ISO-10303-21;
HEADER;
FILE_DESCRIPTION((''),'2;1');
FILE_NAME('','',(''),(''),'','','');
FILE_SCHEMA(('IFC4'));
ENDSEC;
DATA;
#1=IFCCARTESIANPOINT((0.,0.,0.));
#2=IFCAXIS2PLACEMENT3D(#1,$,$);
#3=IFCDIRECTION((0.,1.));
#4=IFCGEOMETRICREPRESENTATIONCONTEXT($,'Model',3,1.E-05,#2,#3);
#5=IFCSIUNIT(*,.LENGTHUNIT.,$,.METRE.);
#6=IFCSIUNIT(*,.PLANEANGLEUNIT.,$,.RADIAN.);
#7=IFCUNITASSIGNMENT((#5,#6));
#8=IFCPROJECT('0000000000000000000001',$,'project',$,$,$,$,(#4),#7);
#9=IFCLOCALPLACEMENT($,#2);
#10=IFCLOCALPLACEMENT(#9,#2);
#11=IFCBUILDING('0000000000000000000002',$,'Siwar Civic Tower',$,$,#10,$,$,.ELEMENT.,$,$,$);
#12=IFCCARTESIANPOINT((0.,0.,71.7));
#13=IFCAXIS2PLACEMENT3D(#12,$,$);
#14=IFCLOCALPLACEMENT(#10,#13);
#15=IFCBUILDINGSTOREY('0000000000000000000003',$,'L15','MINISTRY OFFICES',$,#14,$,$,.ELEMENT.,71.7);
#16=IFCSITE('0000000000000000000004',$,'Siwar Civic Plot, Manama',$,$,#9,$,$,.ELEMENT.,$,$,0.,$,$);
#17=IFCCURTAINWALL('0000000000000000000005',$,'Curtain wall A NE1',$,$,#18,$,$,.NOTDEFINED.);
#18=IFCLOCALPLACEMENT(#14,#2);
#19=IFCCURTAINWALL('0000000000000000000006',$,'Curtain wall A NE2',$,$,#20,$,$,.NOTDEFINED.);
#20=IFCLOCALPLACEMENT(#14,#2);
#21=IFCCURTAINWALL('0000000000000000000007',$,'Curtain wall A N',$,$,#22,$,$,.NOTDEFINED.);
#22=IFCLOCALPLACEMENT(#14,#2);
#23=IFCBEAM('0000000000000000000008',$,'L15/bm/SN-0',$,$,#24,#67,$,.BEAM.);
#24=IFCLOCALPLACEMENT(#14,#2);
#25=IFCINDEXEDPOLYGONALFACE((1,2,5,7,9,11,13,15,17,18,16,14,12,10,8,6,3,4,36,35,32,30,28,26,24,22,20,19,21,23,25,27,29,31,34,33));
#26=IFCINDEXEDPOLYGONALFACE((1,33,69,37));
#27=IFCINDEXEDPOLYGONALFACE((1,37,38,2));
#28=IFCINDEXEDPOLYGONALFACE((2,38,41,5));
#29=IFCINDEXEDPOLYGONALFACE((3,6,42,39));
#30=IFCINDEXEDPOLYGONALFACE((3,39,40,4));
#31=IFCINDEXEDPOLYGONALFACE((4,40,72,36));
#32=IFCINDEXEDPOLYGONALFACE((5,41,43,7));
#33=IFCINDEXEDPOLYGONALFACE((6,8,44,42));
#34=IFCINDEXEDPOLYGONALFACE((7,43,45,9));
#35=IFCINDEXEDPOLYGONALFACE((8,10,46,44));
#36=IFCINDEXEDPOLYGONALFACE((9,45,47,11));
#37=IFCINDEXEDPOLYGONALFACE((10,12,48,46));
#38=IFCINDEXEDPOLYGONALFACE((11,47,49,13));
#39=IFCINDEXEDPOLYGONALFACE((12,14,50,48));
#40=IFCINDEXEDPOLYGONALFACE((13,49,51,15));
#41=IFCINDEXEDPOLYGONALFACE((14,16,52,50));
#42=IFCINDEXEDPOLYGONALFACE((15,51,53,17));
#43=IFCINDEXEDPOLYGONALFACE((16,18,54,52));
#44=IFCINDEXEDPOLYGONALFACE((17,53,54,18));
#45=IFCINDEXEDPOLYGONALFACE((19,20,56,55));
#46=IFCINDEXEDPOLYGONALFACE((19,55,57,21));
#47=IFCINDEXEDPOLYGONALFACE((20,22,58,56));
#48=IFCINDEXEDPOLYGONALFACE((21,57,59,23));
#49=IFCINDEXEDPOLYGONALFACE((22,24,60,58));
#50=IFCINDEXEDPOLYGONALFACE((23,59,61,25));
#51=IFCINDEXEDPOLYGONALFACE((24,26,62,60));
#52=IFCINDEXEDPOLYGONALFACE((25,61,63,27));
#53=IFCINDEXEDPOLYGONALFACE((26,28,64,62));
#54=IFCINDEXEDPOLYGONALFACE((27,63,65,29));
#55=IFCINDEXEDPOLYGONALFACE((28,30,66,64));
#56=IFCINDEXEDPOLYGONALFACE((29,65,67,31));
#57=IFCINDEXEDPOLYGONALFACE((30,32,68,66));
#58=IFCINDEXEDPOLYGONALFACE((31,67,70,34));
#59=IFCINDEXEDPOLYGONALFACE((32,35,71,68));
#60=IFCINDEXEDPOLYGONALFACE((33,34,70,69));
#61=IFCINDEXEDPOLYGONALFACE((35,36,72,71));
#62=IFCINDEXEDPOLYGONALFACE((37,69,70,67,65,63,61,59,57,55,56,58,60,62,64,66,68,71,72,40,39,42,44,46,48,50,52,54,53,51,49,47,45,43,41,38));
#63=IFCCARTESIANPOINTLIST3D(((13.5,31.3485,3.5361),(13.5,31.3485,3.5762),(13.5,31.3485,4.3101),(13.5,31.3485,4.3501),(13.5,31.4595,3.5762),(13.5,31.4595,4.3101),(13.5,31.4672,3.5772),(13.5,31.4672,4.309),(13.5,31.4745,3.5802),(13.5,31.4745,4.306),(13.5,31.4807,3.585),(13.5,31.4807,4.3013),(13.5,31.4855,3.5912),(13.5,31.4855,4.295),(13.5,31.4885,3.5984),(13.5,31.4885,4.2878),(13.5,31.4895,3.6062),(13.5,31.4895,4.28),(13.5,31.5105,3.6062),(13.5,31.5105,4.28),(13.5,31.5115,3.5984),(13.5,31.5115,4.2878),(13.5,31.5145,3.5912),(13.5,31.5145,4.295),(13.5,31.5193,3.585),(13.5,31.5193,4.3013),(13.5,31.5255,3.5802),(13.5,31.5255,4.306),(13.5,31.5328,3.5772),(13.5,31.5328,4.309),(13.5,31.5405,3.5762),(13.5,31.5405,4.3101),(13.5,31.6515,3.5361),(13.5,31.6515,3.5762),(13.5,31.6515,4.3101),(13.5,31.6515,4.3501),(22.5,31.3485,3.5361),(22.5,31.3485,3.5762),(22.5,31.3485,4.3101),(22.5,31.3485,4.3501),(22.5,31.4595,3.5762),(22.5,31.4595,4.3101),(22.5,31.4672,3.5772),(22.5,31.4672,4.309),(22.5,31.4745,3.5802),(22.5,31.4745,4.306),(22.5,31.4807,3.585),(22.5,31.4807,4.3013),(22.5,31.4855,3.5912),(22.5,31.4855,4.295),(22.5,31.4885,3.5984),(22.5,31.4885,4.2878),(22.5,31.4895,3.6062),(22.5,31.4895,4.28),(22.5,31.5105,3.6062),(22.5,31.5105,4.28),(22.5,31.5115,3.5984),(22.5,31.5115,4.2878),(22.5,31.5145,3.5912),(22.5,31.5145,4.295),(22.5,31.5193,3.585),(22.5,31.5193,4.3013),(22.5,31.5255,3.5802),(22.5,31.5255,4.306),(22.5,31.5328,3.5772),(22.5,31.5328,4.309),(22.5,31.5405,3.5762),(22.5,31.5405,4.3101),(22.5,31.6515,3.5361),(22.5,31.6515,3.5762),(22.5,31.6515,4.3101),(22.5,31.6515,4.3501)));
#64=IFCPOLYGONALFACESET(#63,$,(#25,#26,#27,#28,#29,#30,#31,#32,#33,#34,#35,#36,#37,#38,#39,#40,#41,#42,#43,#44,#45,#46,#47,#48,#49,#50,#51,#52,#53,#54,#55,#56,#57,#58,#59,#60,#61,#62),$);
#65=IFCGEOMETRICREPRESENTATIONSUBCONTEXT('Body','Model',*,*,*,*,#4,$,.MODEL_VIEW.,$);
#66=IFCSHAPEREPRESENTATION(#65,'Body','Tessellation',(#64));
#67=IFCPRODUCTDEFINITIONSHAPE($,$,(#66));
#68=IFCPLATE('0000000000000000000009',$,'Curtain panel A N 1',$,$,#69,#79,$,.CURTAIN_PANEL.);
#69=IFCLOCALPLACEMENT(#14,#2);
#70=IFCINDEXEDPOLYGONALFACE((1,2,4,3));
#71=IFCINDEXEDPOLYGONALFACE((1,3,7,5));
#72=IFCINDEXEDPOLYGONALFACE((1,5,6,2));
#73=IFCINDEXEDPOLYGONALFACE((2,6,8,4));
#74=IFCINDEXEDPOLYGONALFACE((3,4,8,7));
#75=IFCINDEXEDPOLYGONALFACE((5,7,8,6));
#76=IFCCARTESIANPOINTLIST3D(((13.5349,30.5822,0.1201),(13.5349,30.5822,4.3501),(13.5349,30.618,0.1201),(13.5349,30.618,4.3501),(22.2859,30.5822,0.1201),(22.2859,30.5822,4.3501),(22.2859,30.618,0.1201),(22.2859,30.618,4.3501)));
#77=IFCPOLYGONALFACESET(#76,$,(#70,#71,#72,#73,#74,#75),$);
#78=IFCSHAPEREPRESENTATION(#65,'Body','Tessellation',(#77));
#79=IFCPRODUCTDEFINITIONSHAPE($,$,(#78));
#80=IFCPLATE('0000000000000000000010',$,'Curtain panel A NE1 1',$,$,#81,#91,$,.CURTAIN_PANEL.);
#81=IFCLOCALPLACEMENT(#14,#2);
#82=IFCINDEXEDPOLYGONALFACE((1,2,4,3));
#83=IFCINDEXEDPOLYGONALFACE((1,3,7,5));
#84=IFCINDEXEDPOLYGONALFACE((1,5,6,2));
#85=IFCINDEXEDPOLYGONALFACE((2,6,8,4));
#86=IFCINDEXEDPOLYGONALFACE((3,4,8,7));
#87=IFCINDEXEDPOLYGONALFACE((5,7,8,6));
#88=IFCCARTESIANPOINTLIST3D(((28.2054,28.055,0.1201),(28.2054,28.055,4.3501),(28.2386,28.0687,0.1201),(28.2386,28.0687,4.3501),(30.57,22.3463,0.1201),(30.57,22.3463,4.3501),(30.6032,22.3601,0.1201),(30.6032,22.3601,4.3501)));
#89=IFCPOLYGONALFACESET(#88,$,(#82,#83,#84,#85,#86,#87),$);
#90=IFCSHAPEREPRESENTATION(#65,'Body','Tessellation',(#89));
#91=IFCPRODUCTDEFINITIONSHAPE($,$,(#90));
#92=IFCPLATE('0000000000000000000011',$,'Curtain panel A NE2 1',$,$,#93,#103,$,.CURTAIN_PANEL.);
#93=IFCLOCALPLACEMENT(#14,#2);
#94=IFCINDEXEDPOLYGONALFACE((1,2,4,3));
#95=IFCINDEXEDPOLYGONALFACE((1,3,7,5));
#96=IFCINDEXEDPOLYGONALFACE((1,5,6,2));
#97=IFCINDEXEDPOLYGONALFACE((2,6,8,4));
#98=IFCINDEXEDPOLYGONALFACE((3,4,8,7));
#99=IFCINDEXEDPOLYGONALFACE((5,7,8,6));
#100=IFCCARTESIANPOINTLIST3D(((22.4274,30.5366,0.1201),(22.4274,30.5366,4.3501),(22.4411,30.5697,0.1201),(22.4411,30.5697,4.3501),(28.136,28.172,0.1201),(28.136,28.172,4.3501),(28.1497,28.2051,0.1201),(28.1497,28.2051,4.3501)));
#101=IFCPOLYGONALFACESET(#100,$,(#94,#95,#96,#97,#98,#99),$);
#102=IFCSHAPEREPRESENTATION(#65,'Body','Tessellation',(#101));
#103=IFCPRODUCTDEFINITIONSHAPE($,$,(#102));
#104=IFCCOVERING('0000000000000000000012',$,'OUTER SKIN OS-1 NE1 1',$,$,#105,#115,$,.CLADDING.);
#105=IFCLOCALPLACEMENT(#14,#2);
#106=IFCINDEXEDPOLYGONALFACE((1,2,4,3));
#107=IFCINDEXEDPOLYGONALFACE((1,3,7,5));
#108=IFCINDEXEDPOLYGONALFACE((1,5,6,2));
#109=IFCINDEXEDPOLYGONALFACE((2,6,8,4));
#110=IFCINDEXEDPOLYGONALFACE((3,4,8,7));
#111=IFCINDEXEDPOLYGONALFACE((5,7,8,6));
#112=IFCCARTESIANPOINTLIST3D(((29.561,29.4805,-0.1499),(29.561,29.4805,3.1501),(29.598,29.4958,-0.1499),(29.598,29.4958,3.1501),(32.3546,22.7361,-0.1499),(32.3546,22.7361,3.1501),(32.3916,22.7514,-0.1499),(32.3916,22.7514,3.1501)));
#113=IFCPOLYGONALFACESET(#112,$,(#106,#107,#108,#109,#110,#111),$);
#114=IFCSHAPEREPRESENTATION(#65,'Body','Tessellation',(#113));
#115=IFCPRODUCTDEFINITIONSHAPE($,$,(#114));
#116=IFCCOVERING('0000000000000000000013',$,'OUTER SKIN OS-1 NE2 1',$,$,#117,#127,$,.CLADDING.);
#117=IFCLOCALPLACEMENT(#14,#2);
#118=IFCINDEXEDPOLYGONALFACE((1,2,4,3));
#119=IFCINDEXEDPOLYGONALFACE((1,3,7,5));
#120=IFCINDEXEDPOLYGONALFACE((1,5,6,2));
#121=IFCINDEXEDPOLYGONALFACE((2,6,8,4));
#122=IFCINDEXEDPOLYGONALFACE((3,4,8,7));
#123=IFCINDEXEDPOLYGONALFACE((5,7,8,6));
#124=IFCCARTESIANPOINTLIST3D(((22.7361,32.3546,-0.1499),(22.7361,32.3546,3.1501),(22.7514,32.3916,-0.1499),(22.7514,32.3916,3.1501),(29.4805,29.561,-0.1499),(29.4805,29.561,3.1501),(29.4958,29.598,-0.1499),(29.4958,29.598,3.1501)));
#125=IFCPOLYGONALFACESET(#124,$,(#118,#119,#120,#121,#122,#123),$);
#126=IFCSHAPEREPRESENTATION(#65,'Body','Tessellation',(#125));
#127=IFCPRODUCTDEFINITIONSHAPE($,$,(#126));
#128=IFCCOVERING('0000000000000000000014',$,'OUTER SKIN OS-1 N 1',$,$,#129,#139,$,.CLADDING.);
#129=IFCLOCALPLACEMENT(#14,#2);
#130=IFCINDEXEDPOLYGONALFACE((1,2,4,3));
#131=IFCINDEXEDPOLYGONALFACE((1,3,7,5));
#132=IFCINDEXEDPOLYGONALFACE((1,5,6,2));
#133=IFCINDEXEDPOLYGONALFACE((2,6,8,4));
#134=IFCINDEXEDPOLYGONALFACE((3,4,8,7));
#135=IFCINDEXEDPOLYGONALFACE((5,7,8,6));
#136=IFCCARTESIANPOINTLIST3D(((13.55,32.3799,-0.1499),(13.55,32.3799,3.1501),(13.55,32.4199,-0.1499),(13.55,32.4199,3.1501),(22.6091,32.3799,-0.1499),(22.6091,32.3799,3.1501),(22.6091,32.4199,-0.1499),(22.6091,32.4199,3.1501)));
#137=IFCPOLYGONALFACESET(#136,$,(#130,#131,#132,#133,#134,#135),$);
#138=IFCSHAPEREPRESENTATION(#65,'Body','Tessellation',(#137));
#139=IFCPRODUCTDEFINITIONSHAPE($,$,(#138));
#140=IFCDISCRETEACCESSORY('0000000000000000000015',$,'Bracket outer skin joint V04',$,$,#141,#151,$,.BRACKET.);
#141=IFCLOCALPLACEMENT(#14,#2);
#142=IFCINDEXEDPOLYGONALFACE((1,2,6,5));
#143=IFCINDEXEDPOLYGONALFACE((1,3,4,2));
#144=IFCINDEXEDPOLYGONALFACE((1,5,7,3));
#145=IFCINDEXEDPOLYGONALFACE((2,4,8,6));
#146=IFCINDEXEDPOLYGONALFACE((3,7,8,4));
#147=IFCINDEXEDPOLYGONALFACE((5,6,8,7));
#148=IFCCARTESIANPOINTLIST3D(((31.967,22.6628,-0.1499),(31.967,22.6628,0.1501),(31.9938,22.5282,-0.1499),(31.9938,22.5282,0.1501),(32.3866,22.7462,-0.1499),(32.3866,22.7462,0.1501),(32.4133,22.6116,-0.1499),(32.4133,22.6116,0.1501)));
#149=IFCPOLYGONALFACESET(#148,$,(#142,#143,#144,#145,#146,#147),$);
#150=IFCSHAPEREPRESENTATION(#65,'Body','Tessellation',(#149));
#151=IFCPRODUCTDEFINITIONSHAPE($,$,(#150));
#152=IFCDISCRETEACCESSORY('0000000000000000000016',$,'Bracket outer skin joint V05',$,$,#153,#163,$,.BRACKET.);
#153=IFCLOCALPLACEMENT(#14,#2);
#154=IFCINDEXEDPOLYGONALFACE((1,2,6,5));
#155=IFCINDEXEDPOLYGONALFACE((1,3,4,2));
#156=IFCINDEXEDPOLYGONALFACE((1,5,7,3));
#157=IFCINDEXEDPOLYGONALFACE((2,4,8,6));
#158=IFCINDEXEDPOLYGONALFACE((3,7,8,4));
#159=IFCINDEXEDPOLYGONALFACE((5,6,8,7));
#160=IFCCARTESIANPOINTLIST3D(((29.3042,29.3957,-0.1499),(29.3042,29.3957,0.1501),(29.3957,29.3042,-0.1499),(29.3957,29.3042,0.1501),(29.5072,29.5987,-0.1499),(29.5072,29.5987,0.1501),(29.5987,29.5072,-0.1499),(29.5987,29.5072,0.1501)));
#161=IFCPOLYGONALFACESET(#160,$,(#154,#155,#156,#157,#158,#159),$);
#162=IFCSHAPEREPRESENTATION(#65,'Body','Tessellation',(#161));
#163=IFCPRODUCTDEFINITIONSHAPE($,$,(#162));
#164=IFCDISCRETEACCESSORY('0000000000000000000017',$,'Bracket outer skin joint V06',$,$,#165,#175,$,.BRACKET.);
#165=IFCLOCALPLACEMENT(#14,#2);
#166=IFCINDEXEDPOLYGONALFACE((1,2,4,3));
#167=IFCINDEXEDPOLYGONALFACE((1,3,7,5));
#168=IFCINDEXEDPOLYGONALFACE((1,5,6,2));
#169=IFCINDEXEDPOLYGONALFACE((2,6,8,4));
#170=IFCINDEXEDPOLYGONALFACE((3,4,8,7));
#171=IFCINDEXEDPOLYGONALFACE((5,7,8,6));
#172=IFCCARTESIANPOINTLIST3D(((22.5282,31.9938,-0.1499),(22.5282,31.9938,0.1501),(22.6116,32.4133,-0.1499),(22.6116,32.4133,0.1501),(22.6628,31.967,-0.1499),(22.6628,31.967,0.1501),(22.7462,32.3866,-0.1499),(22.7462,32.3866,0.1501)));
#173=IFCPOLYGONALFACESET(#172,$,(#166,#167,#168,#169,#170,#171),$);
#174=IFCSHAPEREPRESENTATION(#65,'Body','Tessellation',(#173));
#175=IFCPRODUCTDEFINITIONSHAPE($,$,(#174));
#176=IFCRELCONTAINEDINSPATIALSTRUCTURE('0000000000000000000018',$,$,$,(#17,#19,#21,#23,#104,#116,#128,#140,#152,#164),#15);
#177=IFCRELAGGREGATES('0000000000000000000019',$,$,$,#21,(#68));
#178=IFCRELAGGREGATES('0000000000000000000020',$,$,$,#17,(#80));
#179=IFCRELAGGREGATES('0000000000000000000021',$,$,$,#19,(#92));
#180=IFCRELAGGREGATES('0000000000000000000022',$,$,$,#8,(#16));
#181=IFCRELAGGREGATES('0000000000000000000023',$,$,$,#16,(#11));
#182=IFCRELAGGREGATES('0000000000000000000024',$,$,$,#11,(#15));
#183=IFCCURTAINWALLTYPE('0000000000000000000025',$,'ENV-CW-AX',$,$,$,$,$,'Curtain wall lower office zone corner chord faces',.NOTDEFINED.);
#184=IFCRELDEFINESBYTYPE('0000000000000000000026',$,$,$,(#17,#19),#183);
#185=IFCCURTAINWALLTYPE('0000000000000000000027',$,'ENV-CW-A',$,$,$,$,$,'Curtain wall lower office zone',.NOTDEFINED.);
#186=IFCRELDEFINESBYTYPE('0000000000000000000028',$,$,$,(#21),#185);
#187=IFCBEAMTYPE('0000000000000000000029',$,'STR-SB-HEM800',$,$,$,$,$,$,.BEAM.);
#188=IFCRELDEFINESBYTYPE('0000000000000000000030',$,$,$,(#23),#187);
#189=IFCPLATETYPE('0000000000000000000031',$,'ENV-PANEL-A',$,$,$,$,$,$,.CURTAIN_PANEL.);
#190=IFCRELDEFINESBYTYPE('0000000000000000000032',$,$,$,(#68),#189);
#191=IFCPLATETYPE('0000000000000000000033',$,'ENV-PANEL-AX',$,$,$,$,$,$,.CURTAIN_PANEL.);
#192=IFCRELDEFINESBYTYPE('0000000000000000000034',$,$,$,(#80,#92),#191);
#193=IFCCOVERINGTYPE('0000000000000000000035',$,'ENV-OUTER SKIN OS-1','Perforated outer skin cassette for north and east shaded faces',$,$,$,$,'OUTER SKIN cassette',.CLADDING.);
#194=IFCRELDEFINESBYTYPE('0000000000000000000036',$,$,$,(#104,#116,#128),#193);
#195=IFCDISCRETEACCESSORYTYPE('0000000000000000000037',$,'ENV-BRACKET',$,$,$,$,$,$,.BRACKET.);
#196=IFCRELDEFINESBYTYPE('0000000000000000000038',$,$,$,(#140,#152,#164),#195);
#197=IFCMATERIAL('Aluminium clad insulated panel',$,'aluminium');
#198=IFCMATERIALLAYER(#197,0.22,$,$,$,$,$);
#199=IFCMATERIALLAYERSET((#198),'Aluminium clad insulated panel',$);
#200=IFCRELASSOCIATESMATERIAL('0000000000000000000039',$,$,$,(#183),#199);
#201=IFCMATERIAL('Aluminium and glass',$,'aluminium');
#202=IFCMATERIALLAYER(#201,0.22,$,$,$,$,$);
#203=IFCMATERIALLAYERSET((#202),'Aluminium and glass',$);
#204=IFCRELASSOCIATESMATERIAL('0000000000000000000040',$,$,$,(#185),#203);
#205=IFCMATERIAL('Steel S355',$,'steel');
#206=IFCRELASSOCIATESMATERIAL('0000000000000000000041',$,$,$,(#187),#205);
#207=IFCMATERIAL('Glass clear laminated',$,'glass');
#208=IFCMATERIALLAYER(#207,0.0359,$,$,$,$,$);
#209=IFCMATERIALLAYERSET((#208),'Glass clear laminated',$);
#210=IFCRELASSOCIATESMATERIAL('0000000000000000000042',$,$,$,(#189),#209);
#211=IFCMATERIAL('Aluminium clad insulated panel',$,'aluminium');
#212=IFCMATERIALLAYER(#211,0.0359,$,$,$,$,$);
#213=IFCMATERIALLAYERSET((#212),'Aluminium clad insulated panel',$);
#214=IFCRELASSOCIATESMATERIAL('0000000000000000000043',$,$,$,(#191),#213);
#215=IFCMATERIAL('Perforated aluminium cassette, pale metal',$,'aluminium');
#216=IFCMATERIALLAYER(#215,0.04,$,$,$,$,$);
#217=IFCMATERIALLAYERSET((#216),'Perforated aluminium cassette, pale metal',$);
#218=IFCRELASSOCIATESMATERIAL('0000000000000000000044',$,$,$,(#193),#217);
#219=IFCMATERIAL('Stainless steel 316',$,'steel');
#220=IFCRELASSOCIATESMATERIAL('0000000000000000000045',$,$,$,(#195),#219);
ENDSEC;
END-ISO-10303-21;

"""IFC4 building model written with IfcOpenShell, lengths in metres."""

from ifc_helpers import new_model, si_unit, direction, frame, origin, origin_2d, place, context, subcontext, project, spatial, rectangle, i_section, extrude, material, layer, layer_set, material_profile, profile_set, type_object, element, aggregate, save


model = new_model("IFC4")

# Units and contexts
model_context = context("Model", 3, precision=1e-05, world=origin(), true_north=direction((0.0, 1.0)))
body_context = subcontext(model_context, "Body", "Model", "MODEL_VIEW")
ifc_project = project(units=[si_unit("LENGTHUNIT", "METRE"), si_unit("PLANEANGLEUNIT", "RADIAN")], contexts=[model_context])

# Site, building, storey
site_placement = place(None, origin())
site = spatial("IfcSite", under=ifc_project, at=site_placement, Name="Siwar Civic Plot, Manama", CompositionType="ELEMENT", RefElevation=0.0)
building_placement = place(site_placement, origin())
building = spatial("IfcBuilding", under=site, at=building_placement, Name="Siwar Civic Tower", CompositionType="ELEMENT")
storey_placement = place(building_placement, frame((0.0, 0.0, 71.7)))
storey = spatial("IfcBuildingStorey", under=building, at=storey_placement, Name="L15", Description="MINISTRY OFFICES", CompositionType="ELEMENT", Elevation=71.7)

# Curtain walls
ifc_material_1 = material(Name="Aluminium clad insulated panel", Category="aluminium")
ifc_layer_1 = layer(ifc_material_1, 0.22)
ifc_layer_set_1 = layer_set([ifc_layer_1], Name="Aluminium clad insulated panel")
curtain_wall_type_1 = type_object("IfcCurtainWallType", Name="ENV-CW-AX", ElementType="Curtain wall lower office zone corner chord faces", PredefinedType="NOTDEFINED", material=ifc_layer_set_1)
curtain_wall_1_placement = place(storey_placement, origin())
curtain_wall_1 = element("IfcCurtainWall", 1, at=curtain_wall_1_placement, inside=storey, type_object=curtain_wall_type_1, Name="Curtain wall A NE1", PredefinedType="NOTDEFINED")
curtain_wall_2_placement = place(storey_placement, origin())
curtain_wall_2 = element("IfcCurtainWall", 2, at=curtain_wall_2_placement, inside=storey, type_object=curtain_wall_type_1, Name="Curtain wall A NE2", PredefinedType="NOTDEFINED")
ifc_material_2 = material(Name="Aluminium and glass", Category="aluminium")
ifc_layer_2 = layer(ifc_material_2, 0.22)
ifc_layer_set_2 = layer_set([ifc_layer_2], Name="Aluminium and glass")
curtain_wall_type_2 = type_object("IfcCurtainWallType", Name="ENV-CW-A", ElementType="Curtain wall lower office zone", PredefinedType="NOTDEFINED", material=ifc_layer_set_2)
curtain_wall_3_placement = place(storey_placement, origin())
curtain_wall_3 = element("IfcCurtainWall", 3, at=curtain_wall_3_placement, inside=storey, type_object=curtain_wall_type_2, Name="Curtain wall A N", PredefinedType="NOTDEFINED")

# Beam
ifc_material_3 = material(Name="Steel S355", Category="steel")
ifc_material_profile_1 = material_profile(ifc_material_3, i_section(OverallWidth=0.303, OverallDepth=0.814, WebThickness=0.021, FlangeThickness=0.04, FilletRadius=0.03, at=origin_2d()), Name="HEM800")
ifc_profile_set_1 = profile_set([ifc_material_profile_1], Name="Steel S355")
beam_type_1 = type_object("IfcBeamType", Name="STR-SB-HEM800", PredefinedType="BEAM", material=ifc_profile_set_1)
beam_1_placement = place(storey_placement, frame((22.5, 31.5, 3.9431), z_axis=(-1.0, 0.0, 0.0), x_axis=(0.0, -1.0, 0.0)))
element("IfcBeam", 4, at=beam_1_placement, inside=storey, type_object=beam_type_1, Name="L15/bm/SN-0", PredefinedType="BEAM", context=body_context, shape_type="SweptSolid", body=[
    extrude(i_section(OverallWidth=0.303, OverallDepth=0.814, WebThickness=0.021, FlangeThickness=0.04, FilletRadius=0.03, at=origin_2d()), origin(), (0.0, 0.0, 1.0), 9.0),
])

# Plates
ifc_material_4 = material(Name="Glass clear laminated", Category="glass")
ifc_layer_3 = layer(ifc_material_4, 0.0359)
ifc_layer_set_3 = layer_set([ifc_layer_3], Name="Glass clear laminated")
plate_type_1 = type_object("IfcPlateType", Name="ENV-PANEL-A", PredefinedType="CURTAIN_PANEL", material=ifc_layer_set_3)
plate_1_placement = place(storey_placement, frame((17.9104, 30.6001, 0.1201), z_axis=(0.0, 0.0, 1.0), x_axis=(-1.0, 0.0, 0.0)))
plate_1 = element("IfcPlate", 5, at=plate_1_placement, type_object=plate_type_1, Name="Curtain panel A N 1", PredefinedType="CURTAIN_PANEL", context=body_context, shape_type="SweptSolid", body=[
    extrude(rectangle(XDim=8.751, YDim=0.0359, at=origin_2d()), origin(), (0.0, 0.0, 1.0), 4.23),
])
aggregate(curtain_wall_3, [plate_1])
ifc_material_5 = material(Name="Aluminium clad insulated panel", Category="aluminium")
ifc_layer_4 = layer(ifc_material_5, 0.0359)
ifc_layer_set_4 = layer_set([ifc_layer_4], Name="Aluminium clad insulated panel")
plate_type_2 = type_object("IfcPlateType", Name="ENV-PANEL-AX", PredefinedType="CURTAIN_PANEL", material=ifc_layer_set_4)
plate_2_placement = place(storey_placement, frame((29.4043, 25.2075, 0.1201), z_axis=(0.0, 0.0, 1.0), x_axis=(-0.382683, 0.92388, 0.0)))
plate_2 = element("IfcPlate", 6, at=plate_2_placement, type_object=plate_type_2, Name="Curtain panel A NE1 1", PredefinedType="CURTAIN_PANEL", context=body_context, shape_type="SweptSolid", body=[
    extrude(rectangle(XDim=6.179, YDim=0.0359, at=origin_2d()), origin(), (0.0, 0.0, 1.0), 4.23),
])
aggregate(curtain_wall_1, [plate_2])
plate_3_placement = place(storey_placement, frame((25.2886, 29.3708, 0.1201), z_axis=(0.0, 0.0, 1.0), x_axis=(-0.92388, 0.382683, 0.0)))
plate_3 = element("IfcPlate", 7, at=plate_3_placement, type_object=plate_type_2, Name="Curtain panel A NE2 1", PredefinedType="CURTAIN_PANEL", context=body_context, shape_type="SweptSolid", body=[
    extrude(rectangle(XDim=6.179, YDim=0.0359, at=origin_2d()), origin(), (0.0, 0.0, 1.0), 4.23),
])
aggregate(curtain_wall_2, [plate_3])

# Coverings
ifc_material_6 = material(Name="Perforated aluminium cassette, pale metal", Category="aluminium")
ifc_layer_5 = layer(ifc_material_6, 0.04)
ifc_layer_set_5 = layer_set([ifc_layer_5], Name="Perforated aluminium cassette, pale metal")
covering_type = type_object("IfcCoveringType", Name="ENV-OUTER SKIN OS-1", Description="Perforated outer skin cassette for north and east shaded faces", ElementType="OUTER SKIN cassette", PredefinedType="CLADDING", material=ifc_layer_set_5)
for number, where, z_axis, x_axis, name in (
    (8, (30.9763, 26.116, -0.1499), (0.0, 0.0, 1.0), (-0.382683, 0.92388, 0.0), "OUTER SKIN OS-1 NE1 1"),
    (9, (26.116, 30.9763, -0.1499), (0.0, 0.0, 1.0), (-0.92388, 0.382683, 0.0), "OUTER SKIN OS-1 NE2 1"),
):
    element("IfcCovering", number, at=place(storey_placement, frame(where, z_axis=z_axis, x_axis=x_axis)), inside=storey, type_object=covering_type, Name=name, PredefinedType="CLADDING", context=body_context, shape_type="SweptSolid", body=[
        extrude(rectangle(XDim=7.3, YDim=0.04, at=origin_2d()), origin(), (0.0, 0.0, 1.0), 3.3),
    ])
covering_placement = place(storey_placement, frame((18.0796, 32.3999, -0.1499), z_axis=(0.0, 0.0, 1.0), x_axis=(-1.0, 0.0, 0.0)))
element("IfcCovering", 10, at=covering_placement, inside=storey, type_object=covering_type, Name="OUTER SKIN OS-1 N 1", PredefinedType="CLADDING", context=body_context, shape_type="SweptSolid", body=[
    extrude(rectangle(XDim=9.0591, YDim=0.04, at=origin_2d()), origin(), (0.0, 0.0, 1.0), 3.3),
])

# Discrete accessories
ifc_material_7 = material(Name="Stainless steel 316", Category="steel")
discrete_accessory_type = type_object("IfcDiscreteAccessoryType", Name="ENV-BRACKET", PredefinedType="BRACKET", material=ifc_material_7)
discrete_accessory_1_placement = place(storey_placement, frame((32.1902, 22.6372, -0.1499), z_axis=(0.0, 0.0, 1.0), x_axis=(0.980785, 0.19509, 0.0)))
element("IfcDiscreteAccessory", 11, at=discrete_accessory_1_placement, inside=storey, type_object=discrete_accessory_type, Name="Bracket outer skin joint V04", PredefinedType="BRACKET", context=body_context, shape_type="SweptSolid", body=[
    extrude(rectangle(XDim=0.4277, YDim=0.1372, at=origin_2d()), origin(), (0.0, 0.0, 1.0), 0.3),
])
discrete_accessory_2_placement = place(storey_placement, frame((29.4514, 29.4514, -0.1499), z_axis=(0.0, 0.0, 1.0), x_axis=(0.707107, 0.707107, 0.0)))
element("IfcDiscreteAccessory", 12, at=discrete_accessory_2_placement, inside=storey, type_object=discrete_accessory_type, Name="Bracket outer skin joint V05", PredefinedType="BRACKET", context=body_context, shape_type="SweptSolid", body=[
    extrude(rectangle(XDim=0.2871, YDim=0.1294, at=origin_2d()), origin(), (0.0, 0.0, 1.0), 0.3),
])
discrete_accessory_3_placement = place(storey_placement, frame((22.6372, 32.1902, -0.1499), z_axis=(0.0, 0.0, 1.0), x_axis=(0.19509, 0.980785, 0.0)))
element("IfcDiscreteAccessory", 13, at=discrete_accessory_3_placement, inside=storey, type_object=discrete_accessory_type, Name="Bracket outer skin joint V06", PredefinedType="BRACKET", context=body_context, shape_type="SweptSolid", body=[
    extrude(rectangle(XDim=0.4277, YDim=0.1372, at=origin_2d()), origin(), (0.0, 0.0, 1.0), 0.3),
])

save(model, "model.ifc")
